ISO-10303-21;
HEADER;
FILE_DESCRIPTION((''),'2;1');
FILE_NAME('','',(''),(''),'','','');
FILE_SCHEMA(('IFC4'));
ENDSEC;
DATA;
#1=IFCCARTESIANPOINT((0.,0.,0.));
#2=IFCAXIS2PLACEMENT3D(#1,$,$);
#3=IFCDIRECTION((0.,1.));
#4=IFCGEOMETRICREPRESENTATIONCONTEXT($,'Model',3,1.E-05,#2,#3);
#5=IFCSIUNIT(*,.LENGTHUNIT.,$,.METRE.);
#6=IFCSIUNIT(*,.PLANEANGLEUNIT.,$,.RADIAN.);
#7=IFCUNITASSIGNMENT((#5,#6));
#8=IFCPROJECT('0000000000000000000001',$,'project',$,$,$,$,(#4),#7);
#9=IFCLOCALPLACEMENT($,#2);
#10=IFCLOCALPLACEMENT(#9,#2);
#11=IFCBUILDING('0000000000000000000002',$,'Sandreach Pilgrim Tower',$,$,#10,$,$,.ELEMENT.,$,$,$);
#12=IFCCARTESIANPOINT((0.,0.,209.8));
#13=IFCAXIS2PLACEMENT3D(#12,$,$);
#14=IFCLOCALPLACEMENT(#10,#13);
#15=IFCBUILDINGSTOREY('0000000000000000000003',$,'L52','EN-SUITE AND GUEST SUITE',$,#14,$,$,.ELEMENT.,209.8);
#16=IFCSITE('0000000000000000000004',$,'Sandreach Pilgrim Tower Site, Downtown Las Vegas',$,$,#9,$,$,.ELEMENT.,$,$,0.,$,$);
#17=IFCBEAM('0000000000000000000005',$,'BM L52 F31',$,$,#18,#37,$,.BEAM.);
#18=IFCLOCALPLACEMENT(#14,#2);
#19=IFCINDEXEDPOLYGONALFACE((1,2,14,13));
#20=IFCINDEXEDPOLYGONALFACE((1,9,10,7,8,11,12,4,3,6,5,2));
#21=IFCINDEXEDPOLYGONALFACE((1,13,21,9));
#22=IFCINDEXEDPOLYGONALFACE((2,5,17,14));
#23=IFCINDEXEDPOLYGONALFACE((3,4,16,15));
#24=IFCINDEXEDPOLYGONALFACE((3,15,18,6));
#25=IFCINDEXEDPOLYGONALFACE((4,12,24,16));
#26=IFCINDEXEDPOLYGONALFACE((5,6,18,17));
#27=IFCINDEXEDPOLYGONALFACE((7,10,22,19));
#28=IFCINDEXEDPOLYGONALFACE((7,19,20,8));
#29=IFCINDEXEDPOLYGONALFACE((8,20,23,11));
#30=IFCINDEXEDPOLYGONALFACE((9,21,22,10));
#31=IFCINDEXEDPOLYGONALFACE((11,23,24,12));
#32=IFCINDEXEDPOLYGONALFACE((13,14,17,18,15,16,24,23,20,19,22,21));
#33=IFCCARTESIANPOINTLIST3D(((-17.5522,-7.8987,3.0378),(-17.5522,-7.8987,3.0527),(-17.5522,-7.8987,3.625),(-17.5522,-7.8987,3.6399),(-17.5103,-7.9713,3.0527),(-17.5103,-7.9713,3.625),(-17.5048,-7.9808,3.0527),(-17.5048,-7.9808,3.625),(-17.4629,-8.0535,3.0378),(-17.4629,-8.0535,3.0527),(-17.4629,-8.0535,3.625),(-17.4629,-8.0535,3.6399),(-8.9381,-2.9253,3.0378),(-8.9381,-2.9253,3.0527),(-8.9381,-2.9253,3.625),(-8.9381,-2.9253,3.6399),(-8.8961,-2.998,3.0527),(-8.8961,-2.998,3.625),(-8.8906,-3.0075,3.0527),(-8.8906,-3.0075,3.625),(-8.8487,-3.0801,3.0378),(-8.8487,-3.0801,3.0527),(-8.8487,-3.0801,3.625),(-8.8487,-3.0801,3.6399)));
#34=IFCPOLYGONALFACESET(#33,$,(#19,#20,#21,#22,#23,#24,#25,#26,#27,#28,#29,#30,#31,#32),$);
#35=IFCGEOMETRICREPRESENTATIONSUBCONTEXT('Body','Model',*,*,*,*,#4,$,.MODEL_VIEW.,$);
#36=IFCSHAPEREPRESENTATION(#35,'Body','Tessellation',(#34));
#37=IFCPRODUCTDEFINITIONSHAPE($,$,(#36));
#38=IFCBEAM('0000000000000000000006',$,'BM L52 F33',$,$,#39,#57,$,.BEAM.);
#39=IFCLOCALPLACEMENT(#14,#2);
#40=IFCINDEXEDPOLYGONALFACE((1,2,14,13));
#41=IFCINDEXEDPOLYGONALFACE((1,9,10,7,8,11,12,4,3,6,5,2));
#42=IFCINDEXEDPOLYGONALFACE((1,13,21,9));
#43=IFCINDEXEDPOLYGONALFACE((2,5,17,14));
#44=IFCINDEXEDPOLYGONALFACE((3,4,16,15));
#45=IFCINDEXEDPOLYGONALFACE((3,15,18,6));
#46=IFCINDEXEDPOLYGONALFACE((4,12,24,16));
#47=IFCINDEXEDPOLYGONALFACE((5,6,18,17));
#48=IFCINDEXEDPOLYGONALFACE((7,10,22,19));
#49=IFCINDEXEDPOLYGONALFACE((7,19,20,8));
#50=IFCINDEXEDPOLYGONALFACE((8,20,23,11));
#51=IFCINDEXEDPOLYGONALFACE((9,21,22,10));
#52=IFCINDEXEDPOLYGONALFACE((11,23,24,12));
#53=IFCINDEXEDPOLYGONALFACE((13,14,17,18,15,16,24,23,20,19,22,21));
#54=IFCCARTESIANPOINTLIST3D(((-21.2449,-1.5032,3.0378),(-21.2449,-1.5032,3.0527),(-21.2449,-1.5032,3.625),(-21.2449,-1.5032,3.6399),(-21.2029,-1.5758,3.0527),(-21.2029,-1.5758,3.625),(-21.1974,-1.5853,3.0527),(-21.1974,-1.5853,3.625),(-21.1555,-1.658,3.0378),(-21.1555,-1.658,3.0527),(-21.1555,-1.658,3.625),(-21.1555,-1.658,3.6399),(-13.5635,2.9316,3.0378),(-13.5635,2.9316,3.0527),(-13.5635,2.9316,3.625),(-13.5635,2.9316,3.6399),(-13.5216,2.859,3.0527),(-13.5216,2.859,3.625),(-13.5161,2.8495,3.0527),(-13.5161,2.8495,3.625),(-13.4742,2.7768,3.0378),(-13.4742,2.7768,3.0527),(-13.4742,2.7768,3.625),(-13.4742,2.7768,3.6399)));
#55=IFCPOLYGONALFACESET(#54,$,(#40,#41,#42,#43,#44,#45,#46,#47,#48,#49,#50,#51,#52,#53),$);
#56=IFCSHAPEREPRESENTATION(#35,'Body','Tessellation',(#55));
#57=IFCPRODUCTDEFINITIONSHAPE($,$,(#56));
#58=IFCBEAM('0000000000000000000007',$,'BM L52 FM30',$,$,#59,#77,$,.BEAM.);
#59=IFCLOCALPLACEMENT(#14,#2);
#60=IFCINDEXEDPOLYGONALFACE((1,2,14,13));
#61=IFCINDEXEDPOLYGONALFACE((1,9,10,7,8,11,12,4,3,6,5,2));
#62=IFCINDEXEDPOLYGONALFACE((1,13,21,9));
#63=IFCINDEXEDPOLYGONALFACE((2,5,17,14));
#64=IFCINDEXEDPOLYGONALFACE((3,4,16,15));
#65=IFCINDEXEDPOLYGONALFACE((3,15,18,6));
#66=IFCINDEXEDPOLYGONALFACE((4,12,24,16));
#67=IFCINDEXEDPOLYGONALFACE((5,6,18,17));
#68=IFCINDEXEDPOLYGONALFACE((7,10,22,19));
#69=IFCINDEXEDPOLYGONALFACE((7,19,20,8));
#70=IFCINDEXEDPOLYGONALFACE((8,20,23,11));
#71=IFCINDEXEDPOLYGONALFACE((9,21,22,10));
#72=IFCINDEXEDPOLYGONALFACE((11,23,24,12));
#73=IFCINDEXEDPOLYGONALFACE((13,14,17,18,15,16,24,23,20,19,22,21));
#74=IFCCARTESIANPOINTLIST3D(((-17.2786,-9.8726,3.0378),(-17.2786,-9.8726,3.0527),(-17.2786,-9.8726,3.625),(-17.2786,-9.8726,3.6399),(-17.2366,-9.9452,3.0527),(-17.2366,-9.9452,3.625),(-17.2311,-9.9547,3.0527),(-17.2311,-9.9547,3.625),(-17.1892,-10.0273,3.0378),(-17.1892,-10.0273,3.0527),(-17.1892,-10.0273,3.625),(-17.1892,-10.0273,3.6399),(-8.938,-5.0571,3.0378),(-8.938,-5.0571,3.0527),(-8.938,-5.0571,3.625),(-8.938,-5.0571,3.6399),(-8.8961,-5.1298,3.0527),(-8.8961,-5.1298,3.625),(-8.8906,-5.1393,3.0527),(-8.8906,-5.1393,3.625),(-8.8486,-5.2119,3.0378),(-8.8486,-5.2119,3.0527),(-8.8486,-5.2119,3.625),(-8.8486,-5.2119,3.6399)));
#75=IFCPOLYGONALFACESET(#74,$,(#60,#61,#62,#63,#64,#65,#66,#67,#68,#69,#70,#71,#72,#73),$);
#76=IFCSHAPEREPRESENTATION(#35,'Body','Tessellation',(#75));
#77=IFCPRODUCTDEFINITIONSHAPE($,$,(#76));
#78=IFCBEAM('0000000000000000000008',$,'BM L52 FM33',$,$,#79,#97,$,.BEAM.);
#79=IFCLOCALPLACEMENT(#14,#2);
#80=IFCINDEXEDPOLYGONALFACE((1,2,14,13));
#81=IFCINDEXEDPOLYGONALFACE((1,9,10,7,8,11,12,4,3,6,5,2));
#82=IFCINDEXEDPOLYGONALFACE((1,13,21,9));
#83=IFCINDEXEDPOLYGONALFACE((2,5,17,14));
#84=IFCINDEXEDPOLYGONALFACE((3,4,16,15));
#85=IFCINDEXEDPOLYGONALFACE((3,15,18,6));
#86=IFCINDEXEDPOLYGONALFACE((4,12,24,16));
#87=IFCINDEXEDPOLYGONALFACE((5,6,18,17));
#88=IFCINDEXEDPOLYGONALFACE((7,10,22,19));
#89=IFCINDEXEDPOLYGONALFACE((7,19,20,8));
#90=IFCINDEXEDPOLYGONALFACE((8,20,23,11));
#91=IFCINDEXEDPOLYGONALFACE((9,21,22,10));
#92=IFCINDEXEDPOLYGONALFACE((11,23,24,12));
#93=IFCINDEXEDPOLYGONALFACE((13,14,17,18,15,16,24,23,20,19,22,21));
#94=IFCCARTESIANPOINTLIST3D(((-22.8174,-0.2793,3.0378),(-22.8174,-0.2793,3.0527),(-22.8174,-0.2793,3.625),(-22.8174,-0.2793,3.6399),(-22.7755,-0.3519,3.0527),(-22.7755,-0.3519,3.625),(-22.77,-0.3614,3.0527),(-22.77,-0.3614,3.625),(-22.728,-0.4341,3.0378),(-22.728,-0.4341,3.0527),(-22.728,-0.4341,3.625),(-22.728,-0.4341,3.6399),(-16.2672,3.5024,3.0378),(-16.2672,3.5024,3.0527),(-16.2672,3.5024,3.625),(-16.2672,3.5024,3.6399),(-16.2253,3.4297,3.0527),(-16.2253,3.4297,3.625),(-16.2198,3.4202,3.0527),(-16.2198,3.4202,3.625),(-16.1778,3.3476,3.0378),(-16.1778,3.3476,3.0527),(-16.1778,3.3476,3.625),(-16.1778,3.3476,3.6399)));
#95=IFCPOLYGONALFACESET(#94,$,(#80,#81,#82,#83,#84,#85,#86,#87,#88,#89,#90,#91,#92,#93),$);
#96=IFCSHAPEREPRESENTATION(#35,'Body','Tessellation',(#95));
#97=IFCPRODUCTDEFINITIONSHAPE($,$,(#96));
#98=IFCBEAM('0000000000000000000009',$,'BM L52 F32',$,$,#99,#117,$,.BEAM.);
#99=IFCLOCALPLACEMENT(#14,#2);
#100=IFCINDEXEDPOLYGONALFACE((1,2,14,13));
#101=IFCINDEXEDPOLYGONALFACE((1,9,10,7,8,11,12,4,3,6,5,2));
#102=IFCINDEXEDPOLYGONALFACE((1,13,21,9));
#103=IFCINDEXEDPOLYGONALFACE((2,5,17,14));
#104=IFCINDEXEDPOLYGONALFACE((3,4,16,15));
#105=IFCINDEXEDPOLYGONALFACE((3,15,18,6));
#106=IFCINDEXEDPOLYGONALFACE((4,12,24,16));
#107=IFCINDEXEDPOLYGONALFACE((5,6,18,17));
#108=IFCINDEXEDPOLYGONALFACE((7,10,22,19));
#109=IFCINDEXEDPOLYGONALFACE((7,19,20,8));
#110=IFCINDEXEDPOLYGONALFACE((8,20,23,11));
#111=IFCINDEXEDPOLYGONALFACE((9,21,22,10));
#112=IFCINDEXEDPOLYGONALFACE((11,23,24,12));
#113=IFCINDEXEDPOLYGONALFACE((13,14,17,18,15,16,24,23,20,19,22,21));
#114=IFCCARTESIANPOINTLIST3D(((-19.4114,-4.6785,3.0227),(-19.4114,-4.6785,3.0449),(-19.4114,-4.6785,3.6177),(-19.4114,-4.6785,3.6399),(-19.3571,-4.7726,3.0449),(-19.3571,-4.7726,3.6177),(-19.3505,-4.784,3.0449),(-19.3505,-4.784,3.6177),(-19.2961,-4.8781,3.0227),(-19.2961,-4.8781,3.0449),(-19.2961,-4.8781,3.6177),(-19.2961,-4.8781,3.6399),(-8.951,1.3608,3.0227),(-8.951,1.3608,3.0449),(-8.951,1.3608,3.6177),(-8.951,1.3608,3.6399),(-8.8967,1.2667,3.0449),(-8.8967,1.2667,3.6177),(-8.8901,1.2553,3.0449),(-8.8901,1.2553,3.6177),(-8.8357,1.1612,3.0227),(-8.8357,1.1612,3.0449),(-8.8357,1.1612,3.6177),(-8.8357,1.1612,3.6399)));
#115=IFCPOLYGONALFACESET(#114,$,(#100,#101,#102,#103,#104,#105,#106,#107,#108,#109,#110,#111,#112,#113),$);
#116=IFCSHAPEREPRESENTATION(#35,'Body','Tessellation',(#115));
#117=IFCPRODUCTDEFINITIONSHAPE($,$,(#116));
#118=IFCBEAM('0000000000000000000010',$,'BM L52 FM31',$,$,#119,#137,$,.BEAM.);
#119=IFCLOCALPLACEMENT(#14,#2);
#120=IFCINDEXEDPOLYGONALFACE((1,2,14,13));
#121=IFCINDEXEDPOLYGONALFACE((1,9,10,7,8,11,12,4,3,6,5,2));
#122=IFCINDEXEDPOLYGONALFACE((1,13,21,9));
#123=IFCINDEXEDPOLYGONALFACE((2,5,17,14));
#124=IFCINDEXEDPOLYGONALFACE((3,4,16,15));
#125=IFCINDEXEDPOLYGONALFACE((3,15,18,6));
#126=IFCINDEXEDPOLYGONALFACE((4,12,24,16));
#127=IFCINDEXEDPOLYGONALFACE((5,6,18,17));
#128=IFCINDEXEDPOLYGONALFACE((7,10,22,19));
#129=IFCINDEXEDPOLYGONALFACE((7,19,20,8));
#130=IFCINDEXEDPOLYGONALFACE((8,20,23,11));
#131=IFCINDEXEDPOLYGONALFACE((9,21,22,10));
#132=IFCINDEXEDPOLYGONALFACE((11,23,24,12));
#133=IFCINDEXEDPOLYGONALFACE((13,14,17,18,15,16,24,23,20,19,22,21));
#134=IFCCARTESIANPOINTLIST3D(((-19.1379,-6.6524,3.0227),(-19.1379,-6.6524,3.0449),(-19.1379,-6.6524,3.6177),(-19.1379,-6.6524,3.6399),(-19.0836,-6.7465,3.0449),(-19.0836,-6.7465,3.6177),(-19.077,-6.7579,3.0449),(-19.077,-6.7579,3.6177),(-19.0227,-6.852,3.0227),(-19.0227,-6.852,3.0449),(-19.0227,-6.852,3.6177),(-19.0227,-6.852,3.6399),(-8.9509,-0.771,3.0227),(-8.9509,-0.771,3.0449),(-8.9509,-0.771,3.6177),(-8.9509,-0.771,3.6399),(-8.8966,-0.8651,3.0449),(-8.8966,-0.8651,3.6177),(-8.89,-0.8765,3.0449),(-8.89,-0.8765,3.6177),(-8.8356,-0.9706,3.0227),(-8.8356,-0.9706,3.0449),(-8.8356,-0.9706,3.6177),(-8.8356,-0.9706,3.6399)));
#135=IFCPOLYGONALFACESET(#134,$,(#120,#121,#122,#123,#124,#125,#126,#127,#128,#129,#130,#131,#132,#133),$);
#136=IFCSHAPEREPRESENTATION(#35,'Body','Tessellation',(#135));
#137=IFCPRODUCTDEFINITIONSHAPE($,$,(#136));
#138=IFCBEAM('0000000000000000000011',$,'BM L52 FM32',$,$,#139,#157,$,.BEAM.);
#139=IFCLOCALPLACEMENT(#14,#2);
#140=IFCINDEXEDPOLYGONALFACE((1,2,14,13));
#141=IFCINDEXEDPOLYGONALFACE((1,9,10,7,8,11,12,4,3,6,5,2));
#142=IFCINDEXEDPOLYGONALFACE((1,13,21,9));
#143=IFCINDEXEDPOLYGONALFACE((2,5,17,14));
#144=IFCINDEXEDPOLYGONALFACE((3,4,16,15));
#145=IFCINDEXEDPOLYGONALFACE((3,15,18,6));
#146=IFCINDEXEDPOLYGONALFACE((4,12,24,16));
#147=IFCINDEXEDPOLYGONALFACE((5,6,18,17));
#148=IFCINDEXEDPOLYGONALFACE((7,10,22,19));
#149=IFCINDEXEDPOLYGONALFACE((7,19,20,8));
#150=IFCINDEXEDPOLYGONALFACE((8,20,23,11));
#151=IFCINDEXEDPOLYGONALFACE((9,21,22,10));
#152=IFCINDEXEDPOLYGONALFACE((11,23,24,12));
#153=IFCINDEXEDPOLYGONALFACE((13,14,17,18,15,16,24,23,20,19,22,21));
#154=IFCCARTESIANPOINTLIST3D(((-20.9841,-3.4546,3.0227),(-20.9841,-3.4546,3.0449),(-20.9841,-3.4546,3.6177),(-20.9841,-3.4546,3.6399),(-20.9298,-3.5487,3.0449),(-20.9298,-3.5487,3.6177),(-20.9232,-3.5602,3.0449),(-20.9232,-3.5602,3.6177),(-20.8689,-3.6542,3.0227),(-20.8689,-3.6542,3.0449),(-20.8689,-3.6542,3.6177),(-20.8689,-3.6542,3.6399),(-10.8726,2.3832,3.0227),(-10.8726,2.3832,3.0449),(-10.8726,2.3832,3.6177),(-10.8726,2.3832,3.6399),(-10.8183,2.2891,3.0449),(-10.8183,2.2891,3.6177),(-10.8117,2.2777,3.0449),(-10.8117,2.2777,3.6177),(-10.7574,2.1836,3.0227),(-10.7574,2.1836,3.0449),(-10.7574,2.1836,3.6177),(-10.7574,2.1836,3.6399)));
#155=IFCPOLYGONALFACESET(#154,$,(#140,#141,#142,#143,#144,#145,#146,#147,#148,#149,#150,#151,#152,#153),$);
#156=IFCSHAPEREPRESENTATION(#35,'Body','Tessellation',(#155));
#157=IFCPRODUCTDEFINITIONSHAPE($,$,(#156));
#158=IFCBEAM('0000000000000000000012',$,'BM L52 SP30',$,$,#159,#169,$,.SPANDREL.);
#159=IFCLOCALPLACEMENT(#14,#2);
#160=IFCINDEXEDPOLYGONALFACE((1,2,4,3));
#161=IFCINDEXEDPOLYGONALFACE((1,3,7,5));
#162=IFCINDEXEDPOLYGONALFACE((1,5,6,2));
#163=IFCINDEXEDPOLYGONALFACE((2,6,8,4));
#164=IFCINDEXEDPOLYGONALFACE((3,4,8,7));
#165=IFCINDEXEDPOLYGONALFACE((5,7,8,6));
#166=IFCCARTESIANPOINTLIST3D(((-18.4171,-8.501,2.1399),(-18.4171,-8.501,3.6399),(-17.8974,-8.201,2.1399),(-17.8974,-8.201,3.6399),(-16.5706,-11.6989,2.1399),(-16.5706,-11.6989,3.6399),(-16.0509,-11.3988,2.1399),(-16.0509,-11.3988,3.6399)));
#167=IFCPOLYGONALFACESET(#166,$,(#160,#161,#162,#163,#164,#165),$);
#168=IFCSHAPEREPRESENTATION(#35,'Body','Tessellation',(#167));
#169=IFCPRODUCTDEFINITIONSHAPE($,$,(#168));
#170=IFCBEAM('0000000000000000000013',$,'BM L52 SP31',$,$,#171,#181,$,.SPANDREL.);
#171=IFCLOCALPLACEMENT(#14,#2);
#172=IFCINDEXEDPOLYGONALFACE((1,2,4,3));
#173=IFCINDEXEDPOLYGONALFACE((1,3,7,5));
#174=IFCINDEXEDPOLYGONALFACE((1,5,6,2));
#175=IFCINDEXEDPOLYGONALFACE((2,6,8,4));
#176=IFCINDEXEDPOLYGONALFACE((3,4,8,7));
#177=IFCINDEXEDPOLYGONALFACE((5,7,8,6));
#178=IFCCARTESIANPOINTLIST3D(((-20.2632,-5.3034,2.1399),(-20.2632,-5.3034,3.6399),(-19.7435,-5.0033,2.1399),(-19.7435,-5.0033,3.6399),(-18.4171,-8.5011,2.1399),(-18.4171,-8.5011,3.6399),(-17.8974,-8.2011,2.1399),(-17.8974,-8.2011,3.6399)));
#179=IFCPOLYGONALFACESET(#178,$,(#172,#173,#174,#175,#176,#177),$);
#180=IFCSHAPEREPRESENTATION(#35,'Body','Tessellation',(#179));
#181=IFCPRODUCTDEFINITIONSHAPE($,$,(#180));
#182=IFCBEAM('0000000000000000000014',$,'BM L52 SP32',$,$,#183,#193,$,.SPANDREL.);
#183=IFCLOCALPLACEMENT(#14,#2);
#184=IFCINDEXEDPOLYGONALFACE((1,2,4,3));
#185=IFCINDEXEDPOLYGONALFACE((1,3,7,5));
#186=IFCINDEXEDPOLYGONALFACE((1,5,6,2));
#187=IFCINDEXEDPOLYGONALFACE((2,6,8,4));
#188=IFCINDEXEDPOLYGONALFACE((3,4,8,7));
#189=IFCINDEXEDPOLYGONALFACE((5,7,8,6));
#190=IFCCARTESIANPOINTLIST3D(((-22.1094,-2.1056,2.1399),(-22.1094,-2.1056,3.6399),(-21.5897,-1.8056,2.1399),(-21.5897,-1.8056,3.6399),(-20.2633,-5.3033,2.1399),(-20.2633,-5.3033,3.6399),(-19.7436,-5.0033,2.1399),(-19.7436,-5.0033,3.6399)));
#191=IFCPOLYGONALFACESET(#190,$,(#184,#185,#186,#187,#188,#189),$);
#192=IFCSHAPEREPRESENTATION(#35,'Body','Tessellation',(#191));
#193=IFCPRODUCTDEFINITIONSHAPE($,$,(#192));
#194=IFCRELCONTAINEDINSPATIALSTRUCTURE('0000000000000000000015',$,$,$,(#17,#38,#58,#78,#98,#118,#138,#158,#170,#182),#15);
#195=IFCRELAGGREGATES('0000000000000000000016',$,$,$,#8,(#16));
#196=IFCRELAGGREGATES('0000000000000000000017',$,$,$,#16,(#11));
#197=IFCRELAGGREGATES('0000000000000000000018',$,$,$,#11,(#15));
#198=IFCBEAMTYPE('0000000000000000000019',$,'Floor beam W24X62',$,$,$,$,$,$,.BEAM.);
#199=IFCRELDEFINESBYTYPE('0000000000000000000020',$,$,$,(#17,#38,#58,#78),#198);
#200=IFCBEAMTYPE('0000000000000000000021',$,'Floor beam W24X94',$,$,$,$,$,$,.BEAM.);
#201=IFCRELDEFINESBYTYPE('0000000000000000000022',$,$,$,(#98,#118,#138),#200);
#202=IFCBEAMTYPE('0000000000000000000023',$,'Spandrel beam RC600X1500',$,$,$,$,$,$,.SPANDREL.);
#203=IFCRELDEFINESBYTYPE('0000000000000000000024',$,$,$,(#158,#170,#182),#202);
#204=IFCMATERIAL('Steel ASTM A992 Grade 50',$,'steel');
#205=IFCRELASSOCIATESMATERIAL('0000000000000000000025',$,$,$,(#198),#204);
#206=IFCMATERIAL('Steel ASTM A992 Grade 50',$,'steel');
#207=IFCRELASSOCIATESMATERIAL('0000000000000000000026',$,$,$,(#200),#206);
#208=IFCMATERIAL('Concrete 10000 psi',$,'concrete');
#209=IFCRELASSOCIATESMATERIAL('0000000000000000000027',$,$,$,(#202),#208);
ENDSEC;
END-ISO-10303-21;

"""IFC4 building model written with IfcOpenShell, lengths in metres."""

from ifc_helpers import new_model, si_unit, direction, frame, origin, origin_2d, place, context, subcontext, project, spatial, rectangle, i_section, extrude, material, material_profile, profile_set, type_object, element, save


model = new_model("IFC4")

# Units and contexts
model_context = context("Model", 3, precision=1e-05, world=origin(), true_north=direction((0.0, 1.0)))
body_context = subcontext(model_context, "Body", "Model", "MODEL_VIEW")
ifc_project = project(units=[si_unit("LENGTHUNIT", "METRE"), si_unit("PLANEANGLEUNIT", "RADIAN")], contexts=[model_context])

# Site, building, storey
site_placement = place(None, origin())
site = spatial("IfcSite", under=ifc_project, at=site_placement, Name="Sandreach Pilgrim Tower Site, Downtown Las Vegas", CompositionType="ELEMENT", RefElevation=0.0)
building_placement = place(site_placement, origin())
building = spatial("IfcBuilding", under=site, at=building_placement, Name="Sandreach Pilgrim Tower", CompositionType="ELEMENT")
storey_placement = place(building_placement, frame((0.0, 0.0, 209.8)))
storey = spatial("IfcBuildingStorey", under=building, at=storey_placement, Name="L52", Description="EN-SUITE AND GUEST SUITE", CompositionType="ELEMENT", Elevation=209.8)

# Beams
ifc_material_1 = material(Name="Steel ASTM A992 Grade 50", Category="steel")
ifc_material_profile_1 = material_profile(ifc_material_1, i_section(OverallWidth=0.1787, OverallDepth=0.6021, WebThickness=0.011, FlangeThickness=0.0149, at=origin_2d()), Name="W24X62")
ifc_profile_set_1 = profile_set([ifc_material_profile_1], Name="Steel ASTM A992 Grade 50")
beam_type_1 = type_object("IfcBeamType", Name="Floor beam W24X62", PredefinedType="BEAM", material=ifc_profile_set_1)
beam_1_placement = place(storey_placement, frame((-17.5076, -7.9761, 3.3389), z_axis=(0.866028, 0.499996, 0.0), x_axis=(-0.499996, 0.866028, 0.0)))
element("IfcBeam", 1, at=beam_1_placement, inside=storey, type_object=beam_type_1, Name="BM L52 F31", PredefinedType="BEAM", context=body_context, shape_type="SweptSolid", body=[
    extrude(i_section(OverallWidth=0.1787, OverallDepth=0.6021, WebThickness=0.011, FlangeThickness=0.0149, at=origin_2d()), origin(), (0.0, 0.0, 1.0), 9.9468),
])
beam_2_placement = place(storey_placement, frame((-21.2002, -1.5806, 3.3389), z_axis=(0.866027, 0.499996, 0.0), x_axis=(-0.499996, 0.866027, 0.0)))
element("IfcBeam", 2, at=beam_2_placement, inside=storey, type_object=beam_type_1, Name="BM L52 F33", PredefinedType="BEAM", context=body_context, shape_type="SweptSolid", body=[
    extrude(i_section(OverallWidth=0.1787, OverallDepth=0.6021, WebThickness=0.011, FlangeThickness=0.0149, at=origin_2d()), origin(), (0.0, 0.0, 1.0), 8.8696),
])
beam_3_placement = place(storey_placement, frame((-17.2339, -9.95, 3.3389), z_axis=(0.866026, 0.5, 0.0), x_axis=(-0.5, 0.866026, 0.0)))
element("IfcBeam", 3, at=beam_3_placement, inside=storey, type_object=beam_type_1, Name="BM L52 FM30", PredefinedType="BEAM", context=body_context, shape_type="SweptSolid", body=[
    extrude(i_section(OverallWidth=0.1787, OverallDepth=0.6021, WebThickness=0.011, FlangeThickness=0.0149, at=origin_2d()), origin(), (0.0, 0.0, 1.0), 9.6309),
])
beam_4_placement = place(storey_placement, frame((-22.7727, -0.3567, 3.3389), z_axis=(0.86603, 0.499993, 0.0), x_axis=(-0.499993, 0.86603, 0.0)))
element("IfcBeam", 4, at=beam_4_placement, inside=storey, type_object=beam_type_1, Name="BM L52 FM33", PredefinedType="BEAM", context=body_context, shape_type="SweptSolid", body=[
    extrude(i_section(OverallWidth=0.1787, OverallDepth=0.6021, WebThickness=0.011, FlangeThickness=0.0149, at=origin_2d()), origin(), (0.0, 0.0, 1.0), 7.5635),
])
ifc_material_2 = material(Name="Steel ASTM A992 Grade 50", Category="steel")
ifc_material_profile_2 = material_profile(ifc_material_2, i_section(OverallWidth=0.2305, OverallDepth=0.6172, WebThickness=0.0132, FlangeThickness=0.0222, at=origin_2d()), Name="W24X94")
ifc_profile_set_2 = profile_set([ifc_material_profile_2], Name="Steel ASTM A992 Grade 50")
beam_type_2 = type_object("IfcBeamType", Name="Floor beam W24X94", PredefinedType="BEAM", material=ifc_profile_set_2)
beam_5_placement = place(storey_placement, frame((-19.3538, -4.7783, 3.3313), z_axis=(0.866027, 0.499998, 0.0), x_axis=(-0.499998, 0.866027, 0.0)))
element("IfcBeam", 5, at=beam_5_placement, inside=storey, type_object=beam_type_2, Name="BM L52 F32", PredefinedType="BEAM", context=body_context, shape_type="SweptSolid", body=[
    extrude(i_section(OverallWidth=0.2305, OverallDepth=0.6172, WebThickness=0.0132, FlangeThickness=0.0222, at=origin_2d()), origin(), (0.0, 0.0, 1.0), 12.0786),
])
beam_6_placement = place(storey_placement, frame((-19.0803, -6.7522, 3.3313), z_axis=(0.86603, 0.499992, 0.0), x_axis=(-0.499992, 0.86603, 0.0)))
element("IfcBeam", 6, at=beam_6_placement, inside=storey, type_object=beam_type_2, Name="BM L52 FM31", PredefinedType="BEAM", context=body_context, shape_type="SweptSolid", body=[
    extrude(i_section(OverallWidth=0.2305, OverallDepth=0.6172, WebThickness=0.0132, FlangeThickness=0.0222, at=origin_2d()), origin(), (0.0, 0.0, 1.0), 11.7629),
])
beam_7_placement = place(storey_placement, frame((-20.9265, -3.5544, 3.3313), z_axis=(0.866026, 0.499998, 0.0), x_axis=(-0.499998, 0.866026, 0.0)))
element("IfcBeam", 7, at=beam_7_placement, inside=storey, type_object=beam_type_2, Name="BM L52 FM32", PredefinedType="BEAM", context=body_context, shape_type="SweptSolid", body=[
    extrude(i_section(OverallWidth=0.2305, OverallDepth=0.6172, WebThickness=0.0132, FlangeThickness=0.0222, at=origin_2d()), origin(), (0.0, 0.0, 1.0), 11.6758),
])
ifc_material_3 = material(Name="Concrete 10000 psi", Category="concrete")
ifc_material_profile_3 = material_profile(ifc_material_3, rectangle(XDim=0.6001, YDim=1.5, at=origin_2d()), Name="RC600X1500")
ifc_profile_set_3 = profile_set([ifc_material_profile_3], Name="Concrete 10000 psi")
beam_type_3 = type_object("IfcBeamType", Name="Spandrel beam RC600X1500", PredefinedType="SPANDREL", material=ifc_profile_set_3)
beam_8_placement = place(storey_placement, frame((-16.3108, -11.5488, 2.8899), z_axis=(-0.500043, 0.866001, 0.0), x_axis=(-0.866001, -0.500043, 0.0)))
element("IfcBeam", 8, at=beam_8_placement, inside=storey, type_object=beam_type_3, Name="BM L52 SP30", PredefinedType="SPANDREL", context=body_context, shape_type="SweptSolid", body=[
    extrude(rectangle(XDim=0.6001, YDim=1.5, at=origin_2d()), origin(), (0.0, 0.0, 1.0), 3.6926),
])
for number, where, z_axis, x_axis, name in (
    (9, (-18.1572, -8.3511, 2.8899), (-0.499993, 0.866029, 0.0), (-0.866029, -0.499993, 0.0), "BM L52 SP31"),
    (10, (-20.0034, -5.1533, 2.8899), (-0.499993, 0.866029, 0.0), (-0.866029, -0.499993, 0.0), "BM L52 SP32"),
):
    element("IfcBeam", number, at=place(storey_placement, frame(where, z_axis=z_axis, x_axis=x_axis)), inside=storey, type_object=beam_type_3, Name=name, PredefinedType="SPANDREL", context=body_context, shape_type="SweptSolid", body=[
        extrude(rectangle(XDim=0.6001, YDim=1.5, at=origin_2d()), origin(), (0.0, 0.0, 1.0), 3.6924),
    ])

save(model, "model.ifc")
